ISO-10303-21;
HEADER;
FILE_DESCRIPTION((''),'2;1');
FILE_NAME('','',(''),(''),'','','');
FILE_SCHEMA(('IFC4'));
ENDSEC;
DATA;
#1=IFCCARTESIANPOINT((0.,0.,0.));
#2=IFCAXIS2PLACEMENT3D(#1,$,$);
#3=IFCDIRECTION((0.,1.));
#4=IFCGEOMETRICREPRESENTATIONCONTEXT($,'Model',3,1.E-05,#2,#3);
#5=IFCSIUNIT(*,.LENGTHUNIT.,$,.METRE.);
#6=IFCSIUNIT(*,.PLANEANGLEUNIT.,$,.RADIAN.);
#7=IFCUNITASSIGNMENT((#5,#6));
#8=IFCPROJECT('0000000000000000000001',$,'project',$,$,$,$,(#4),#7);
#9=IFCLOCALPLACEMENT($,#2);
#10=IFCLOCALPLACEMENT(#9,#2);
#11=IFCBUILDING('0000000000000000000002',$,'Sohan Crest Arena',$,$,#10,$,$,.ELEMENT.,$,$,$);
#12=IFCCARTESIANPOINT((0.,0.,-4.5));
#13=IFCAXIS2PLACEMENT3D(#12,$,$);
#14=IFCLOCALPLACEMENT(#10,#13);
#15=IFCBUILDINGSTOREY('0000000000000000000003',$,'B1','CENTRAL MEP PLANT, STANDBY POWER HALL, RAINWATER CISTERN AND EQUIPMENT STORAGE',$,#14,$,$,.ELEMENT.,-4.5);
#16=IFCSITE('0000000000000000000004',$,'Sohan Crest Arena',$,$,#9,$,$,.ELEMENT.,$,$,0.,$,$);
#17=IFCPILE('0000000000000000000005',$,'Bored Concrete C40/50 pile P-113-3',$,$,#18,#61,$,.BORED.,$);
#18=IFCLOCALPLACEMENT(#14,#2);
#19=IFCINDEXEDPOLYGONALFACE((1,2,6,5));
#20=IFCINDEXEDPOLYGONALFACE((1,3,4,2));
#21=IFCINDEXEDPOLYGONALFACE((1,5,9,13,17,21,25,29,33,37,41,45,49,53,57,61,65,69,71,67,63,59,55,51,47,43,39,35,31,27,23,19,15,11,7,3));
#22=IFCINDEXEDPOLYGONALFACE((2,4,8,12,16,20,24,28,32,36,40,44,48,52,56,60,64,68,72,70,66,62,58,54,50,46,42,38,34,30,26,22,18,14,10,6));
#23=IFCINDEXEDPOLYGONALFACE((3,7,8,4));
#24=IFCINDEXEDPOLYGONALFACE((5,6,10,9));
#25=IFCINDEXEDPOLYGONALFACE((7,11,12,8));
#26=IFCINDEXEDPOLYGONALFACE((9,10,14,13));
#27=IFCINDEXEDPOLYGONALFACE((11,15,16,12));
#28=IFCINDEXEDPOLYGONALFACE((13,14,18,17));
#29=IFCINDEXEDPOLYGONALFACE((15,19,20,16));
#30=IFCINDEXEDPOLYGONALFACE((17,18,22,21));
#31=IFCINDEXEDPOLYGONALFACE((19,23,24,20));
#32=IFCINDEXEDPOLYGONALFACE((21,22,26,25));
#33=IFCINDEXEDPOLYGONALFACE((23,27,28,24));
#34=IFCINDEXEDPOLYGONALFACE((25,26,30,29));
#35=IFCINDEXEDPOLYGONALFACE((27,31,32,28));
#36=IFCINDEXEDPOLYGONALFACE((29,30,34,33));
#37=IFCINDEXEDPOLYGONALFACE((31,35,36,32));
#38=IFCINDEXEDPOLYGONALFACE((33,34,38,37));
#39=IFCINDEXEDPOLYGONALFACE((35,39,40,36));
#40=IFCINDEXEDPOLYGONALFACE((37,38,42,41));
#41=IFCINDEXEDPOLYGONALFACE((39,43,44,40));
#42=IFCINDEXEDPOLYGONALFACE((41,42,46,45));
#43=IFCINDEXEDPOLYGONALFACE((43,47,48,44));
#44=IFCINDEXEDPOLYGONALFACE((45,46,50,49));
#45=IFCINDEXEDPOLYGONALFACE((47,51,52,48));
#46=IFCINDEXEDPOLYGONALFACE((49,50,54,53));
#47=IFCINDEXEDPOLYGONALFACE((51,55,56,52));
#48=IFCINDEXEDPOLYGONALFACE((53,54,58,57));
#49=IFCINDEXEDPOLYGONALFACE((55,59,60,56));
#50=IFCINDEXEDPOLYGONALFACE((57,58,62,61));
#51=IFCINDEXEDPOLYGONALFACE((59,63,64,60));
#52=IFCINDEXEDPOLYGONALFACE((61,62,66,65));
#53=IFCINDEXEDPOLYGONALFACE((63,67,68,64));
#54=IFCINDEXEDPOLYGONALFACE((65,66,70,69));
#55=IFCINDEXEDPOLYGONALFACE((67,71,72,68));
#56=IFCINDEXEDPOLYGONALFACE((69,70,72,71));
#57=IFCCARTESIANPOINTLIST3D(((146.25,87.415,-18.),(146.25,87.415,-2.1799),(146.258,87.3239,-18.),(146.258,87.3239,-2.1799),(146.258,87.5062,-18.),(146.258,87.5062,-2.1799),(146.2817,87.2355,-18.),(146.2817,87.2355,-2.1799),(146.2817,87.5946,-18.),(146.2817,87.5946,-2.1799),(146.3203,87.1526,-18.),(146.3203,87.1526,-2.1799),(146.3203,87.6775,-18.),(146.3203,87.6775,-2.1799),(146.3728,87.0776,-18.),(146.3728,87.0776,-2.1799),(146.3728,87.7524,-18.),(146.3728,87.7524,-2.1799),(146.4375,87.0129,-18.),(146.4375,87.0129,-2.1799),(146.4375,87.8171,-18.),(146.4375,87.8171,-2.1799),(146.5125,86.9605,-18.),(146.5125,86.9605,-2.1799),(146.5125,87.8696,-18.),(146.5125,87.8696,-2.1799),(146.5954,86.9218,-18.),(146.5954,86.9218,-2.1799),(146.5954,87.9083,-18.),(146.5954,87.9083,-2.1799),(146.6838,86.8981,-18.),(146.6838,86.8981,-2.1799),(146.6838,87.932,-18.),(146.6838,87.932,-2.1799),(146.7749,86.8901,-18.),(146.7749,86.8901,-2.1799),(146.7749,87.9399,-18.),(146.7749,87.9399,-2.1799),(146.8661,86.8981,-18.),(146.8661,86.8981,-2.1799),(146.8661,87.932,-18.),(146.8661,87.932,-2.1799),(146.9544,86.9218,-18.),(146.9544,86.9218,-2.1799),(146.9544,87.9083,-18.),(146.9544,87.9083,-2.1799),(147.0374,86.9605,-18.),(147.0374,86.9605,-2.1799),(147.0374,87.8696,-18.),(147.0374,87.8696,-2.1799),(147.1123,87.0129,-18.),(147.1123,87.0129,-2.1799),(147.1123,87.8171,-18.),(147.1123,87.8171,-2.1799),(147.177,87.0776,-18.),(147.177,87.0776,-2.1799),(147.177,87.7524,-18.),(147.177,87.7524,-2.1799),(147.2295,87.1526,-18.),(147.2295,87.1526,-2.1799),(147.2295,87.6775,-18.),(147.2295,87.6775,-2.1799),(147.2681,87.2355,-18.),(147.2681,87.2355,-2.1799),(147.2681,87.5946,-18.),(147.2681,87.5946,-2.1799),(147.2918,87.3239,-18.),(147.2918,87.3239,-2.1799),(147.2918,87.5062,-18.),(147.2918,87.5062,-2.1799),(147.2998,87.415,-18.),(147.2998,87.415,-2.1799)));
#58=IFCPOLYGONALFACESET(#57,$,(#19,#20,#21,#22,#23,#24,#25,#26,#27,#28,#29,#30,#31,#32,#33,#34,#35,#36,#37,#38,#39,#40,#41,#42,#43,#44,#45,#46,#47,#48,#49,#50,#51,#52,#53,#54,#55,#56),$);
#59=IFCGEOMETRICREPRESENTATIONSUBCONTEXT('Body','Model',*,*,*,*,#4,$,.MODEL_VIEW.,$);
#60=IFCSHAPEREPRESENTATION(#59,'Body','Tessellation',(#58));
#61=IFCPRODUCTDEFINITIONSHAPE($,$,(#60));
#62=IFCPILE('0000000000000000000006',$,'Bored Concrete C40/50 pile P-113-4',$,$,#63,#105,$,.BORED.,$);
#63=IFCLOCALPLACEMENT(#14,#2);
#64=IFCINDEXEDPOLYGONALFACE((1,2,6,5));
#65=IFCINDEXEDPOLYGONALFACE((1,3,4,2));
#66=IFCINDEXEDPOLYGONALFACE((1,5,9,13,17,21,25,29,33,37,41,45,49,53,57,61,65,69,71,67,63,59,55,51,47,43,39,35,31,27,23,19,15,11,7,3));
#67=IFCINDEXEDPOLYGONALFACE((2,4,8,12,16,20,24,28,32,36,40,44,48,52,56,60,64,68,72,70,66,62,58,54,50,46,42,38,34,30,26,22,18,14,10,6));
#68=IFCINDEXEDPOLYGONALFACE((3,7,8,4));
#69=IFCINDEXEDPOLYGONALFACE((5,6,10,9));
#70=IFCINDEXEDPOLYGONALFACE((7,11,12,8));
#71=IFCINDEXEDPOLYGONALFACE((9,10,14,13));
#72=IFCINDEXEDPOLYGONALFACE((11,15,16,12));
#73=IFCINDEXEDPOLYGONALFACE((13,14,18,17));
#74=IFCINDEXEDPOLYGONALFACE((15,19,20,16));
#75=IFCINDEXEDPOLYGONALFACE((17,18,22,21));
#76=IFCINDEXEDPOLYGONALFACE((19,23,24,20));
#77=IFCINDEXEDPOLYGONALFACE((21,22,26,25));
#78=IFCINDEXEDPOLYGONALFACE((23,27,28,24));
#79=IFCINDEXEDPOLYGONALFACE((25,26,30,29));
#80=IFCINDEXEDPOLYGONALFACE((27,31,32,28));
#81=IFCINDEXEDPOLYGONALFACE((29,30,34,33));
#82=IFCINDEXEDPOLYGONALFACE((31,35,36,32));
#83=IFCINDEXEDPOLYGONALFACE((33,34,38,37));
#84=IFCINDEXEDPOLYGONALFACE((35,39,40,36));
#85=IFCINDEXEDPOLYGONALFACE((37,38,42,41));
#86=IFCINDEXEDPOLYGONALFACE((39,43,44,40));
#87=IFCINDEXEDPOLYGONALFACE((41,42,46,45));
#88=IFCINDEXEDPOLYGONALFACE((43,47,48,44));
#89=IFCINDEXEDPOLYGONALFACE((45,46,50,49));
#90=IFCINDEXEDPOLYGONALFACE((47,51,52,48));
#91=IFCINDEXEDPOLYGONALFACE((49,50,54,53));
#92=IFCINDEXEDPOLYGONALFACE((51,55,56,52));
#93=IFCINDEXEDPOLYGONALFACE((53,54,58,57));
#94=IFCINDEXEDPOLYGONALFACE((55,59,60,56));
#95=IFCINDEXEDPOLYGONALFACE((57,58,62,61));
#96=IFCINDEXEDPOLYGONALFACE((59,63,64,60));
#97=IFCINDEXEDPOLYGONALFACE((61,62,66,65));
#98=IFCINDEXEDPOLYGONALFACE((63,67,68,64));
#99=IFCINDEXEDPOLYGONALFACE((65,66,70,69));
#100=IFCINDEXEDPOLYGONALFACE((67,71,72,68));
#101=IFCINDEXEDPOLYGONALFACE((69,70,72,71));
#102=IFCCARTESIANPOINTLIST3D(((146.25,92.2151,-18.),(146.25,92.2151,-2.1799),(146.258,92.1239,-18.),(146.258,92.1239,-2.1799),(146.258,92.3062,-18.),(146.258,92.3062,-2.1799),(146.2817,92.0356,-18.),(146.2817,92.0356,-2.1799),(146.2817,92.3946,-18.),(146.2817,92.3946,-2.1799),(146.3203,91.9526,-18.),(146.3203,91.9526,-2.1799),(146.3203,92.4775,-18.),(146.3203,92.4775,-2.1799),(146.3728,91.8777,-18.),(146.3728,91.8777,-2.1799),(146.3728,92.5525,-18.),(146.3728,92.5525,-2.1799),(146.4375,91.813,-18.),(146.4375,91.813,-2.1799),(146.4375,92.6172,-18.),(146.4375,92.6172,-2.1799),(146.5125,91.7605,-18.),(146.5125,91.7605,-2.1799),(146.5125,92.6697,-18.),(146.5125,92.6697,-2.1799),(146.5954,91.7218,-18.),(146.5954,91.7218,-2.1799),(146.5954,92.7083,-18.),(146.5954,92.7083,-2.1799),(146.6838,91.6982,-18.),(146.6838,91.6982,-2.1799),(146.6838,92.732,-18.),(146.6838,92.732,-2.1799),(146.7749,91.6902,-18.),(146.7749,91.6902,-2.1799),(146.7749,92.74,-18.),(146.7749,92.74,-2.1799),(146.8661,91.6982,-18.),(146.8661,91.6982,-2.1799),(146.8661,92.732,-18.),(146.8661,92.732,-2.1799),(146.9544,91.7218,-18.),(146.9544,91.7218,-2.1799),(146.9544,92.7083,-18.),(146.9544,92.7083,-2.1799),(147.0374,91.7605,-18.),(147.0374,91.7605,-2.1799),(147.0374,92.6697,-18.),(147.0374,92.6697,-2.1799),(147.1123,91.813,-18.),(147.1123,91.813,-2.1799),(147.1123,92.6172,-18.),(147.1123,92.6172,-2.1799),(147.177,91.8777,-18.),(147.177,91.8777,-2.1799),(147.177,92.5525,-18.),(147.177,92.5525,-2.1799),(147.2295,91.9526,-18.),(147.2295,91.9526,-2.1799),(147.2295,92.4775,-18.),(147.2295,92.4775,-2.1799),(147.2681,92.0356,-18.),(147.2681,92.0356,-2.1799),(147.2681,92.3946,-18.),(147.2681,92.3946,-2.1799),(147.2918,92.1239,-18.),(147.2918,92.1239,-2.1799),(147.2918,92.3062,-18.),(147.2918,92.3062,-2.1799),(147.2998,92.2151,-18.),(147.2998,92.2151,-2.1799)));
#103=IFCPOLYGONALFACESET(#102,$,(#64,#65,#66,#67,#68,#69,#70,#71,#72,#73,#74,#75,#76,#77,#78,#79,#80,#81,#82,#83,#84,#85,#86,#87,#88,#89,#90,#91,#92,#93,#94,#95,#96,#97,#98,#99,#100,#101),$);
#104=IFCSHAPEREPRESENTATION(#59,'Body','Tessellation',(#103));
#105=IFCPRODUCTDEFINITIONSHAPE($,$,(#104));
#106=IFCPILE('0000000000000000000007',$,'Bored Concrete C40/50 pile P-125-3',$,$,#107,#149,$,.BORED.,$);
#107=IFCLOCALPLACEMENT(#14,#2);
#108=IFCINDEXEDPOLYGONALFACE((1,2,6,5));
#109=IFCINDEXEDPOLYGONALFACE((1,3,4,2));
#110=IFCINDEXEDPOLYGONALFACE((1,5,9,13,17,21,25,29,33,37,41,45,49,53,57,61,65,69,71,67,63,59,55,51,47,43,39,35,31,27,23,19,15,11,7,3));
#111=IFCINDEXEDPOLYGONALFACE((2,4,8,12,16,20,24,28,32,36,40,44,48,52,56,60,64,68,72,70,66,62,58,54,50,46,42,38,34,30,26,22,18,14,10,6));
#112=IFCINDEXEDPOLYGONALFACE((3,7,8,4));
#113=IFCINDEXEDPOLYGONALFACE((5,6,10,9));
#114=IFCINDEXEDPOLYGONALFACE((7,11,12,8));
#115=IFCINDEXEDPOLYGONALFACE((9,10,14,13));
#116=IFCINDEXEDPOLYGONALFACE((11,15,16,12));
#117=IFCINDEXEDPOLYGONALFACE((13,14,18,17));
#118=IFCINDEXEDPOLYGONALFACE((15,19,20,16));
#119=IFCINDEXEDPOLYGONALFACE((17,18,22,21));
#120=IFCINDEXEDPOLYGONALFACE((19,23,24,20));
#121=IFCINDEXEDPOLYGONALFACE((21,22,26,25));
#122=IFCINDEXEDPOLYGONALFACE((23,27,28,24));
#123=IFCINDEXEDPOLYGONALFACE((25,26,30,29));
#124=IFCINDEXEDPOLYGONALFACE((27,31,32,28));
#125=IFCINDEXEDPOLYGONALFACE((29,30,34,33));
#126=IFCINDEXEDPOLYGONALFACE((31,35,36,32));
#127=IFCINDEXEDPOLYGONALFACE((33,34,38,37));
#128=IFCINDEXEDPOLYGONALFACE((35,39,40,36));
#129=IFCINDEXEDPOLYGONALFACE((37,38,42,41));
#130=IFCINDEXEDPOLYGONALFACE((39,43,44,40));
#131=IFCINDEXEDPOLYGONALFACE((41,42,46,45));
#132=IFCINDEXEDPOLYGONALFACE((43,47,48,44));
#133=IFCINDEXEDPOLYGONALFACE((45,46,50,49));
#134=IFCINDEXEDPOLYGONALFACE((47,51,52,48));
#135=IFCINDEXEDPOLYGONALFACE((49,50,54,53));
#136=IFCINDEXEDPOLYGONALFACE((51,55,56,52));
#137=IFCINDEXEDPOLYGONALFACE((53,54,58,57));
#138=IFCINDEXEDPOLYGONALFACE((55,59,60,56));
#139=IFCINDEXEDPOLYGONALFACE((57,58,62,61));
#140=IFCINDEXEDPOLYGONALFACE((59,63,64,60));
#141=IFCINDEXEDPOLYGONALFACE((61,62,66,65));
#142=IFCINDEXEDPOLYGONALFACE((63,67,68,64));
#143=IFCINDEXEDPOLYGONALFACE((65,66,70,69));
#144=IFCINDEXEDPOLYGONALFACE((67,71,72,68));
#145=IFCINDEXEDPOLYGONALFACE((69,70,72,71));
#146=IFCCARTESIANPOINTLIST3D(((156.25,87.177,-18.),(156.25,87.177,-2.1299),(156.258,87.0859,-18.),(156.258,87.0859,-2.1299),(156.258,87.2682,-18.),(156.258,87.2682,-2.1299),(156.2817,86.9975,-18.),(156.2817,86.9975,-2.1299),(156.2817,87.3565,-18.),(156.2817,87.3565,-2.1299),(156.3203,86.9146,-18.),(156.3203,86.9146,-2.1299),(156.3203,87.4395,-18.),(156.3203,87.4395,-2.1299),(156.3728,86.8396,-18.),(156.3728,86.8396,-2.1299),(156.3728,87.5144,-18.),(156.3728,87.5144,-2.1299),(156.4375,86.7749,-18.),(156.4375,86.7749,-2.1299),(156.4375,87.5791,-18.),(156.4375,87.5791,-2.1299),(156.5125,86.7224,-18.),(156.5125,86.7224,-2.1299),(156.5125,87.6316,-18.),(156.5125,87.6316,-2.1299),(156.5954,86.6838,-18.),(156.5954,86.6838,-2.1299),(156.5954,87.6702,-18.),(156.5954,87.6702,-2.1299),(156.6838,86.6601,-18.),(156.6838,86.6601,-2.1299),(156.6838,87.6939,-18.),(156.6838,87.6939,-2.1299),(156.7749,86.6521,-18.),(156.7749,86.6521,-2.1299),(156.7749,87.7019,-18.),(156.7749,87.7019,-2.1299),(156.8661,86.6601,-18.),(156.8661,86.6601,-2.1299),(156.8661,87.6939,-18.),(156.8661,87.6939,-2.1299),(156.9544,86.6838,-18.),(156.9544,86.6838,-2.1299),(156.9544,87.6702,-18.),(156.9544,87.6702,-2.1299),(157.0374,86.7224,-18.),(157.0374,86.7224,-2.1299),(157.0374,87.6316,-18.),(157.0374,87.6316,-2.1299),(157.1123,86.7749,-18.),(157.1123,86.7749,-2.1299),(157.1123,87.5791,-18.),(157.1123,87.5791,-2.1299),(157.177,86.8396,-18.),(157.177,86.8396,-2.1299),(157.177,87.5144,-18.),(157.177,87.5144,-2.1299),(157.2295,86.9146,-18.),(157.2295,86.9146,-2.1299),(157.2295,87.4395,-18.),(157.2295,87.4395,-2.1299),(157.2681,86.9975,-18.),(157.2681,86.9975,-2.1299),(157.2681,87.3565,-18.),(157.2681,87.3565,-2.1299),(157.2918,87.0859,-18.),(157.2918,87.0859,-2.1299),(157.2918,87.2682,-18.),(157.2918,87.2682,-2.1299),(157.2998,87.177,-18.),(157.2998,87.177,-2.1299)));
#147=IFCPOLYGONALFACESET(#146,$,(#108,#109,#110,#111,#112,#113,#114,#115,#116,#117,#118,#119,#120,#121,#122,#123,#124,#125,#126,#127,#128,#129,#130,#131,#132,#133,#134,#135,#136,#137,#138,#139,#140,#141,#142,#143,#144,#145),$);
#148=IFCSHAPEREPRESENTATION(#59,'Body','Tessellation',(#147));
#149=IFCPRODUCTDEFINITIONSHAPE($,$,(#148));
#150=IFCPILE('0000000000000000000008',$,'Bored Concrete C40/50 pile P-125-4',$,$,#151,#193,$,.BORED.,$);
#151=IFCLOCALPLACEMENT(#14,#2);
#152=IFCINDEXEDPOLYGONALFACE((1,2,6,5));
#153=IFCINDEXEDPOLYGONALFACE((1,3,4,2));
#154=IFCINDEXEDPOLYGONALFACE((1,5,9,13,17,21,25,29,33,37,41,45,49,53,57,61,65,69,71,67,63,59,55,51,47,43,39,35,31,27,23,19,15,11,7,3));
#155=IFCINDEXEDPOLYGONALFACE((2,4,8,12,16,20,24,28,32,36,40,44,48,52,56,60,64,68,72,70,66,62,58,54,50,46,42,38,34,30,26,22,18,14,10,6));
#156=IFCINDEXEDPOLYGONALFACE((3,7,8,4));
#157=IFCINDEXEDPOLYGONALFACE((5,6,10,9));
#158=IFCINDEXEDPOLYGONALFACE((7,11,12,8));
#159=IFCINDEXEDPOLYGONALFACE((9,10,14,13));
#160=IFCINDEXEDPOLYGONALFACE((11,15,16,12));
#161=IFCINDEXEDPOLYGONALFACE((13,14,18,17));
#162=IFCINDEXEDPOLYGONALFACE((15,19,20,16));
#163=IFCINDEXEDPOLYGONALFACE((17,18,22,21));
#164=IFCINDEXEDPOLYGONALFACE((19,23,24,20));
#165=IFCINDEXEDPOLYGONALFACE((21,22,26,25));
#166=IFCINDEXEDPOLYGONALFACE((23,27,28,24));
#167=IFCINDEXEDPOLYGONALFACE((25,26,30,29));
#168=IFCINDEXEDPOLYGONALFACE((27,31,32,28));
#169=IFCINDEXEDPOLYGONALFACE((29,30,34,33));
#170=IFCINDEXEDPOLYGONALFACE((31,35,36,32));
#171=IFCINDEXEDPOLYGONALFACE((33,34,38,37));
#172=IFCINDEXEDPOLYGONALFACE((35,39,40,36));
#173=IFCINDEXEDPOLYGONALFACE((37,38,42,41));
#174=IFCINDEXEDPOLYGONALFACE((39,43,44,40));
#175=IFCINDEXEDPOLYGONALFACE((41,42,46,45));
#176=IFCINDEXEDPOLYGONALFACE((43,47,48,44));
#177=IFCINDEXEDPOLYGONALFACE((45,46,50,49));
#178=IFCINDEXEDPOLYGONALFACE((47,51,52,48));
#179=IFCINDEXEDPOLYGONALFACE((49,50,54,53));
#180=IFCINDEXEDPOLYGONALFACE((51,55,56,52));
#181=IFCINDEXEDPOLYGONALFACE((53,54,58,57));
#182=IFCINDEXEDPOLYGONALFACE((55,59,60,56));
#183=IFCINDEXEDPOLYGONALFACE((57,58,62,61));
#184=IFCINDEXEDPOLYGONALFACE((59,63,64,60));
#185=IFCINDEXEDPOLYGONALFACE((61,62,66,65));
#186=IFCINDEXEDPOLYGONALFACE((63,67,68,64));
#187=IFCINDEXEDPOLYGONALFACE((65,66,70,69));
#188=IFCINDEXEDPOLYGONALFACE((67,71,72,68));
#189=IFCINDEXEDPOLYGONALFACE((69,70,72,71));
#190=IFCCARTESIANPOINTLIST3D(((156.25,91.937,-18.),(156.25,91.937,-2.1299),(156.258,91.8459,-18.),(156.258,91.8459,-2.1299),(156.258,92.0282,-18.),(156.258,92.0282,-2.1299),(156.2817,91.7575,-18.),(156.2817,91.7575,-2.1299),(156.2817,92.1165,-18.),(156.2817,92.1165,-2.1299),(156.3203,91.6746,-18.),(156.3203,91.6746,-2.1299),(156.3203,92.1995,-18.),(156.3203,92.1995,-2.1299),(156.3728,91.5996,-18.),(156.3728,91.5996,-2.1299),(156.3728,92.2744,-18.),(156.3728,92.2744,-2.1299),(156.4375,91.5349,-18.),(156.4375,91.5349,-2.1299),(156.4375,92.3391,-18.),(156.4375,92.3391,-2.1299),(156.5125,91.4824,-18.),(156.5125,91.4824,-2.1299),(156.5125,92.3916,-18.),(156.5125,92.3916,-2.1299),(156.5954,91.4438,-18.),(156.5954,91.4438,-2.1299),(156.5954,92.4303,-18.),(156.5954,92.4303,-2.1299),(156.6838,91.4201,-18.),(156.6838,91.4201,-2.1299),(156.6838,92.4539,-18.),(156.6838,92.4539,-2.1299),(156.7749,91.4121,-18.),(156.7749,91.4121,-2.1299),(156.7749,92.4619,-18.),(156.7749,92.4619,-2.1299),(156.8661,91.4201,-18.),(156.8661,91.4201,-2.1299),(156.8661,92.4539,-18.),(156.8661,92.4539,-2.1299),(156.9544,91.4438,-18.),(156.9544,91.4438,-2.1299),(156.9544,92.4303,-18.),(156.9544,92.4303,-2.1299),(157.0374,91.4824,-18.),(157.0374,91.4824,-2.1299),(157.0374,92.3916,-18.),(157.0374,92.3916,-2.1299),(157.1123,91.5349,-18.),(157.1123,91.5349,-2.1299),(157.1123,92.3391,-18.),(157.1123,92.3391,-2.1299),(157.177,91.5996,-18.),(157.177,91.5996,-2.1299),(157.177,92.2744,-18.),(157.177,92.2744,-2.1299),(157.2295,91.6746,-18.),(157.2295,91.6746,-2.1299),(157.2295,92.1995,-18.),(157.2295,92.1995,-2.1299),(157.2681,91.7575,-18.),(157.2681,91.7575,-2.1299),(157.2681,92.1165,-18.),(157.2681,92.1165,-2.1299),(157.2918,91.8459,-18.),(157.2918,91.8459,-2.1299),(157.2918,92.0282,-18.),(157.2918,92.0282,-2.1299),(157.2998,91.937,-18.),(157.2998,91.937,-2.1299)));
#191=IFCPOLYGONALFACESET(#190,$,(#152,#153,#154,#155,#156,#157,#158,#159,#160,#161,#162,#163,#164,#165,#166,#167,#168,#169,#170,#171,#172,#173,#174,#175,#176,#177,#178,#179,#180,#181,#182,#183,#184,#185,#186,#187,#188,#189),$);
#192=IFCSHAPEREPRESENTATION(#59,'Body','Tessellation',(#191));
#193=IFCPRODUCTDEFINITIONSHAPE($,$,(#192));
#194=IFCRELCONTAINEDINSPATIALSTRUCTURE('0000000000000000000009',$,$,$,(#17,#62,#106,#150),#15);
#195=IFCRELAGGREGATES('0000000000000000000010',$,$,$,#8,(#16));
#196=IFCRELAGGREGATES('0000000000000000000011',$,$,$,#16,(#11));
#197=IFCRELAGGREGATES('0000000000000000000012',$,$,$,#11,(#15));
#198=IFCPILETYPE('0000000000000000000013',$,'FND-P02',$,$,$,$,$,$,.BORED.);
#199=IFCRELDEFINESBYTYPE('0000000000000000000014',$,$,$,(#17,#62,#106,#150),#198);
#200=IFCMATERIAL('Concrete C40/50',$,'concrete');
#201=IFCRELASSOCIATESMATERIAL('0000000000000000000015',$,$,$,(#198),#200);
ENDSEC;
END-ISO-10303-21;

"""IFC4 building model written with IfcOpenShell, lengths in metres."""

from ifc_helpers import new_model, si_unit, direction, frame, origin, origin_2d, place, context, subcontext, project, spatial, circle, extrude, material, material_profile, profile_set, type_object, element, save


model = new_model("IFC4")

# Units and contexts
model_context = context("Model", 3, precision=1e-05, world=origin(), true_north=direction((0.0, 1.0)))
body_context = subcontext(model_context, "Body", "Model", "MODEL_VIEW")
ifc_project = project(units=[si_unit("LENGTHUNIT", "METRE"), si_unit("PLANEANGLEUNIT", "RADIAN")], contexts=[model_context])

# Site, building, storey
site_placement = place(None, origin())
site = spatial("IfcSite", under=ifc_project, at=site_placement, Name="Sohan Crest Arena", CompositionType="ELEMENT", RefElevation=0.0)
building_placement = place(site_placement, origin())
building = spatial("IfcBuilding", under=site, at=building_placement, Name="Sohan Crest Arena", CompositionType="ELEMENT")
storey_placement = place(building_placement, frame((0.0, 0.0, -4.5)))
storey = spatial("IfcBuildingStorey", under=building, at=storey_placement, Name="B1", Description="CENTRAL MEP PLANT, STANDBY POWER HALL, RAINWATER CISTERN AND EQUIPMENT STORAGE", CompositionType="ELEMENT", Elevation=-4.5)

# Shared definitions
ifc_material = material(Name="Concrete C40/50", Category="concrete")

# Piles
ifc_material_profile_1 = material_profile(ifc_material, circle(Radius=0.5249, at=origin_2d()), Name="PILE D1050")
ifc_profile_set_1 = profile_set([ifc_material_profile_1], Name="Concrete C40/50")
pile_type_1 = type_object("IfcPileType", Name="FND-P02", PredefinedType="BORED", material=ifc_profile_set_1)
for number, where, z_axis, x_axis, name in (
    (1, (146.7749, 87.415, -18.0), (0.0, 0.0, 1.0), (1.0, 0.0, 0.0), "Bored Concrete C40/50 pile P-113-3"),
    (2, (146.7749, 92.2151, -18.0), (0.0, 0.0, 1.0), (1.0, 0.0, 0.0), "Bored Concrete C40/50 pile P-113-4"),
):
    element("IfcPile", number, at=place(storey_placement, frame(where, z_axis=z_axis, x_axis=x_axis)), inside=storey, type_object=pile_type_1, Name=name, PredefinedType="BORED", context=body_context, shape_type="SweptSolid", body=[
        extrude(circle(Radius=0.5249, at=origin_2d()), origin(), (0.0, 0.0, 1.0), 15.8201),
    ])
for number, where, z_axis, x_axis, name in (
    (3, (156.7749, 87.177, -18.0), (0.0, 0.0, 1.0), (1.0, 0.0, 0.0), "Bored Concrete C40/50 pile P-125-3"),
    (4, (156.7749, 91.937, -18.0), (0.0, 0.0, 1.0), (1.0, 0.0, 0.0), "Bored Concrete C40/50 pile P-125-4"),
):
    element("IfcPile", number, at=place(storey_placement, frame(where, z_axis=z_axis, x_axis=x_axis)), inside=storey, type_object=pile_type_1, Name=name, PredefinedType="BORED", context=body_context, shape_type="SweptSolid", body=[
        extrude(circle(Radius=0.5249, at=origin_2d()), origin(), (0.0, 0.0, 1.0), 15.8701),
    ])

save(model, "model.ifc")
